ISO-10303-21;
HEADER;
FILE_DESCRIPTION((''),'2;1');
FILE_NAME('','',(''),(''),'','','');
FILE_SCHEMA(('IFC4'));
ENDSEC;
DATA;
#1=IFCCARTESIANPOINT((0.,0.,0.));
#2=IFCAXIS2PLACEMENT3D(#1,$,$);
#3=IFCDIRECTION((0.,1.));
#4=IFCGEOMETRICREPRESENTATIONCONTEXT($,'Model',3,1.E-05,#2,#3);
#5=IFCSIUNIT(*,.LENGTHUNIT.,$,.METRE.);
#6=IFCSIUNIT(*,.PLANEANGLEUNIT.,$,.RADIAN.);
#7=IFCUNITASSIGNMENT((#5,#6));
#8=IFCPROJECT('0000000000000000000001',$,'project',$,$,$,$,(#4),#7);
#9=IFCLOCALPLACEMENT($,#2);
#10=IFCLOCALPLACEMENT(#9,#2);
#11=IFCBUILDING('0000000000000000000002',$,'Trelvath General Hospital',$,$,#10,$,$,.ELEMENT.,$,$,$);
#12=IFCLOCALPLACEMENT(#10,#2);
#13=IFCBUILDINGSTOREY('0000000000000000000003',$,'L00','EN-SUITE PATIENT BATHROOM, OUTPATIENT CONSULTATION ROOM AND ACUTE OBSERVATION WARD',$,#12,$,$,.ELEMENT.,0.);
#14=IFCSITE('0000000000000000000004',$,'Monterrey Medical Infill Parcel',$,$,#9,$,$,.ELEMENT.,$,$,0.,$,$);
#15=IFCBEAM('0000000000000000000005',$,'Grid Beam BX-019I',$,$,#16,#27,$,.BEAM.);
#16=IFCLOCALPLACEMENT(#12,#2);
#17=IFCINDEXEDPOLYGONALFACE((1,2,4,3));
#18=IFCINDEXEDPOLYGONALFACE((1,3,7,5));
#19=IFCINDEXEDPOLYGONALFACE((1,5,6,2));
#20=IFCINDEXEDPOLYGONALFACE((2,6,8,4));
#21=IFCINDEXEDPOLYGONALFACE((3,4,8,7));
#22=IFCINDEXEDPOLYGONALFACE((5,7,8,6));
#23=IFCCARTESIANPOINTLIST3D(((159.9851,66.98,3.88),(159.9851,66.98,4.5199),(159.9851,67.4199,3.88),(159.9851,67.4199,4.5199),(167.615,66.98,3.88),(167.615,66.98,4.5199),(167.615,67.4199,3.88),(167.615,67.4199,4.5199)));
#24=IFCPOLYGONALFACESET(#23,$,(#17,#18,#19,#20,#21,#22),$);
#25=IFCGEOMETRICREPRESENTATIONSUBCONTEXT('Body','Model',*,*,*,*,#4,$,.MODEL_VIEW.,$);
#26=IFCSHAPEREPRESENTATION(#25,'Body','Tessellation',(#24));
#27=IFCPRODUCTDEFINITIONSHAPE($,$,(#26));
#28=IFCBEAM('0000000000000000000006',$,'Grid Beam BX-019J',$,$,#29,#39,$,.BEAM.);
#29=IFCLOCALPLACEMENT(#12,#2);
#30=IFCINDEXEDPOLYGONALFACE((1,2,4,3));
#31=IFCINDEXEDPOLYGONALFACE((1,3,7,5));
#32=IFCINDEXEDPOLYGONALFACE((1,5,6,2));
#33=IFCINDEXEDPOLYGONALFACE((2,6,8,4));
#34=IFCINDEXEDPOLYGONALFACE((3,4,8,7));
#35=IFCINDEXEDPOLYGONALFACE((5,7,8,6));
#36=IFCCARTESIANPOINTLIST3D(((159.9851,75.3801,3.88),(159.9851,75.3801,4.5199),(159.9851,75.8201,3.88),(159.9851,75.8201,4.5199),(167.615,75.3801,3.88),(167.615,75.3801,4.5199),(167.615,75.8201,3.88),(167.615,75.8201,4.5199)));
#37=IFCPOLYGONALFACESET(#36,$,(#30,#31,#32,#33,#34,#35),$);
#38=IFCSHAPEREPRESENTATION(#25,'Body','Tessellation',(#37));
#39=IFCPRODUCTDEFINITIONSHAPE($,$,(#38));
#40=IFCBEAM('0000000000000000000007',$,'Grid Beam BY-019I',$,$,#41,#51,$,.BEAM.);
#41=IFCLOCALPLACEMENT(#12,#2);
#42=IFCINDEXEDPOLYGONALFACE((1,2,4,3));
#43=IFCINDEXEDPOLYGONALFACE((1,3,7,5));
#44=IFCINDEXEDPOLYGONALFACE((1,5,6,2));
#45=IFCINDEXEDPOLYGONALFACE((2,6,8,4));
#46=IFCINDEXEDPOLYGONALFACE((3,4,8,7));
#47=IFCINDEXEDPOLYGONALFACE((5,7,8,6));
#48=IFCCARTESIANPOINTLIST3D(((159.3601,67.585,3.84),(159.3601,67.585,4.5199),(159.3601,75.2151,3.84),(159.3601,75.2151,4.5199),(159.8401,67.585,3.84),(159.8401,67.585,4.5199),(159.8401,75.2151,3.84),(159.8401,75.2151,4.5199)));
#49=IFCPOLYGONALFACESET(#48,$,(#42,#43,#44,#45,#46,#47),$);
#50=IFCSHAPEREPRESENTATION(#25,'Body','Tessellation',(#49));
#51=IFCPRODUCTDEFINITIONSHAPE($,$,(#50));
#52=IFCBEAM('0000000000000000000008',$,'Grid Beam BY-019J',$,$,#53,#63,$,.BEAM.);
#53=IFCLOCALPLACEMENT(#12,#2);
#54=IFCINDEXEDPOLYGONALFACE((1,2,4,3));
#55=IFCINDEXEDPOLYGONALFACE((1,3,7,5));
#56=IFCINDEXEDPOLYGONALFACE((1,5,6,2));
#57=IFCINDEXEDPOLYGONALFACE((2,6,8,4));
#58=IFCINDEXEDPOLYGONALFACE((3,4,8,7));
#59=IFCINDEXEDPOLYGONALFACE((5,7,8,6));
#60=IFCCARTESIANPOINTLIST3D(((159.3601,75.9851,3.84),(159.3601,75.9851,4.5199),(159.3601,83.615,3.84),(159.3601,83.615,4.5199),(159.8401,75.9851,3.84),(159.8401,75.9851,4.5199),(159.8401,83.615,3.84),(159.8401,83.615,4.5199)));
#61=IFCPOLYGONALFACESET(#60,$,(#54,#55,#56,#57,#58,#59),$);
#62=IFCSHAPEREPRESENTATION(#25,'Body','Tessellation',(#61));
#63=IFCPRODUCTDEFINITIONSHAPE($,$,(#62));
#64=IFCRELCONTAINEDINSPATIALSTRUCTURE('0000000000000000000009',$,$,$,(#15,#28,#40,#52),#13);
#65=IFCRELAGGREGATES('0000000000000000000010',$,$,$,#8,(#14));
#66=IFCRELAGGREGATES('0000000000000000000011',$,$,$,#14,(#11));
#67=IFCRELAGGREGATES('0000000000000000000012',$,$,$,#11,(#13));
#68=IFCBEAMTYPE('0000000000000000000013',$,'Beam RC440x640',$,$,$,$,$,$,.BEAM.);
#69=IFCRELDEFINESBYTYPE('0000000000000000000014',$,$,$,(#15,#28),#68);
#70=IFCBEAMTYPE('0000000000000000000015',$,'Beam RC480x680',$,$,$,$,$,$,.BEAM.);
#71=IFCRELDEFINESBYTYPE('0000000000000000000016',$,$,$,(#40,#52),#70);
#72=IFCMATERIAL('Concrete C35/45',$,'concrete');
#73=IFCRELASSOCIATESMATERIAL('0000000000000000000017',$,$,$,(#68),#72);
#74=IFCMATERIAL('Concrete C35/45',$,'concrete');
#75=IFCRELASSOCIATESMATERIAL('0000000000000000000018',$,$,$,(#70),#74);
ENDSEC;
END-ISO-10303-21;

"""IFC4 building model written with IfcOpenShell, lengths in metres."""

from ifc_helpers import new_model, si_unit, direction, frame, origin, origin_2d, place, context, subcontext, project, spatial, rectangle, extrude, material, material_profile, profile_set, type_object, element, save


model = new_model("IFC4")

# Units and contexts
model_context = context("Model", 3, precision=1e-05, world=origin(), true_north=direction((0.0, 1.0)))
body_context = subcontext(model_context, "Body", "Model", "MODEL_VIEW")
ifc_project = project(units=[si_unit("LENGTHUNIT", "METRE"), si_unit("PLANEANGLEUNIT", "RADIAN")], contexts=[model_context])

# Site, building, storey
site_placement = place(None, origin())
site = spatial("IfcSite", under=ifc_project, at=site_placement, Name="Monterrey Medical Infill Parcel", CompositionType="ELEMENT", RefElevation=0.0)
building_placement = place(site_placement, origin())
building = spatial("IfcBuilding", under=site, at=building_placement, Name="Trelvath General Hospital", CompositionType="ELEMENT")
storey_placement = place(building_placement, origin())
storey = spatial("IfcBuildingStorey", under=building, at=storey_placement, Name="L00", Description="EN-SUITE PATIENT BATHROOM, OUTPATIENT CONSULTATION ROOM AND ACUTE OBSERVATION WARD", CompositionType="ELEMENT", Elevation=0.0)

# Beams
ifc_material_1 = material(Name="Concrete C35/45", Category="concrete")
ifc_material_profile_1 = material_profile(ifc_material_1, rectangle(XDim=0.4399, YDim=0.6399, at=origin_2d()), Name="RCB440x640")
ifc_profile_set_1 = profile_set([ifc_material_profile_1], Name="Concrete C35/45")
beam_type_1 = type_object("IfcBeamType", Name="Beam RC440x640", PredefinedType="BEAM", material=ifc_profile_set_1)
for number, where, z_axis, x_axis, name in (
    (1, (159.9851, 67.2, 4.2), (1.0, 0.0, 0.0), (0.0, 1.0, 0.0), "Grid Beam BX-019I"),
    (2, (159.9851, 75.6001, 4.2), (1.0, 0.0, 0.0), (0.0, 1.0, 0.0), "Grid Beam BX-019J"),
):
    element("IfcBeam", number, at=place(storey_placement, frame(where, z_axis=z_axis, x_axis=x_axis)), inside=storey, type_object=beam_type_1, Name=name, PredefinedType="BEAM", context=body_context, shape_type="SweptSolid", body=[
        extrude(rectangle(XDim=0.4399, YDim=0.6399, at=origin_2d()), origin(), (0.0, 0.0, 1.0), 7.6299),
    ])
ifc_material_2 = material(Name="Concrete C35/45", Category="concrete")
ifc_material_profile_2 = material_profile(ifc_material_2, rectangle(XDim=0.48, YDim=0.6799, at=origin_2d()), Name="RCB480x680")
ifc_profile_set_2 = profile_set([ifc_material_profile_2], Name="Concrete C35/45")
beam_type_2 = type_object("IfcBeamType", Name="Beam RC480x680", PredefinedType="BEAM", material=ifc_profile_set_2)
beam_1_placement = place(storey_placement, frame((159.6001, 67.585, 4.1799), z_axis=(0.0, 1.0, 0.0), x_axis=(-1.0, 0.0, 0.0)))
element("IfcBeam", 3, at=beam_1_placement, inside=storey, type_object=beam_type_2, Name="Grid Beam BY-019I", PredefinedType="BEAM", context=body_context, shape_type="SweptSolid", body=[
    extrude(rectangle(XDim=0.48, YDim=0.6799, at=origin_2d()), origin(), (0.0, 0.0, 1.0), 7.6301),
])
beam_2_placement = place(storey_placement, frame((159.6001, 75.9851, 4.1799), z_axis=(0.0, 1.0, 0.0), x_axis=(-1.0, 0.0, 0.0)))
element("IfcBeam", 4, at=beam_2_placement, inside=storey, type_object=beam_type_2, Name="Grid Beam BY-019J", PredefinedType="BEAM", context=body_context, shape_type="SweptSolid", body=[
    extrude(rectangle(XDim=0.48, YDim=0.6799, at=origin_2d()), origin(), (0.0, 0.0, 1.0), 7.6299),
])

save(model, "model.ifc")
